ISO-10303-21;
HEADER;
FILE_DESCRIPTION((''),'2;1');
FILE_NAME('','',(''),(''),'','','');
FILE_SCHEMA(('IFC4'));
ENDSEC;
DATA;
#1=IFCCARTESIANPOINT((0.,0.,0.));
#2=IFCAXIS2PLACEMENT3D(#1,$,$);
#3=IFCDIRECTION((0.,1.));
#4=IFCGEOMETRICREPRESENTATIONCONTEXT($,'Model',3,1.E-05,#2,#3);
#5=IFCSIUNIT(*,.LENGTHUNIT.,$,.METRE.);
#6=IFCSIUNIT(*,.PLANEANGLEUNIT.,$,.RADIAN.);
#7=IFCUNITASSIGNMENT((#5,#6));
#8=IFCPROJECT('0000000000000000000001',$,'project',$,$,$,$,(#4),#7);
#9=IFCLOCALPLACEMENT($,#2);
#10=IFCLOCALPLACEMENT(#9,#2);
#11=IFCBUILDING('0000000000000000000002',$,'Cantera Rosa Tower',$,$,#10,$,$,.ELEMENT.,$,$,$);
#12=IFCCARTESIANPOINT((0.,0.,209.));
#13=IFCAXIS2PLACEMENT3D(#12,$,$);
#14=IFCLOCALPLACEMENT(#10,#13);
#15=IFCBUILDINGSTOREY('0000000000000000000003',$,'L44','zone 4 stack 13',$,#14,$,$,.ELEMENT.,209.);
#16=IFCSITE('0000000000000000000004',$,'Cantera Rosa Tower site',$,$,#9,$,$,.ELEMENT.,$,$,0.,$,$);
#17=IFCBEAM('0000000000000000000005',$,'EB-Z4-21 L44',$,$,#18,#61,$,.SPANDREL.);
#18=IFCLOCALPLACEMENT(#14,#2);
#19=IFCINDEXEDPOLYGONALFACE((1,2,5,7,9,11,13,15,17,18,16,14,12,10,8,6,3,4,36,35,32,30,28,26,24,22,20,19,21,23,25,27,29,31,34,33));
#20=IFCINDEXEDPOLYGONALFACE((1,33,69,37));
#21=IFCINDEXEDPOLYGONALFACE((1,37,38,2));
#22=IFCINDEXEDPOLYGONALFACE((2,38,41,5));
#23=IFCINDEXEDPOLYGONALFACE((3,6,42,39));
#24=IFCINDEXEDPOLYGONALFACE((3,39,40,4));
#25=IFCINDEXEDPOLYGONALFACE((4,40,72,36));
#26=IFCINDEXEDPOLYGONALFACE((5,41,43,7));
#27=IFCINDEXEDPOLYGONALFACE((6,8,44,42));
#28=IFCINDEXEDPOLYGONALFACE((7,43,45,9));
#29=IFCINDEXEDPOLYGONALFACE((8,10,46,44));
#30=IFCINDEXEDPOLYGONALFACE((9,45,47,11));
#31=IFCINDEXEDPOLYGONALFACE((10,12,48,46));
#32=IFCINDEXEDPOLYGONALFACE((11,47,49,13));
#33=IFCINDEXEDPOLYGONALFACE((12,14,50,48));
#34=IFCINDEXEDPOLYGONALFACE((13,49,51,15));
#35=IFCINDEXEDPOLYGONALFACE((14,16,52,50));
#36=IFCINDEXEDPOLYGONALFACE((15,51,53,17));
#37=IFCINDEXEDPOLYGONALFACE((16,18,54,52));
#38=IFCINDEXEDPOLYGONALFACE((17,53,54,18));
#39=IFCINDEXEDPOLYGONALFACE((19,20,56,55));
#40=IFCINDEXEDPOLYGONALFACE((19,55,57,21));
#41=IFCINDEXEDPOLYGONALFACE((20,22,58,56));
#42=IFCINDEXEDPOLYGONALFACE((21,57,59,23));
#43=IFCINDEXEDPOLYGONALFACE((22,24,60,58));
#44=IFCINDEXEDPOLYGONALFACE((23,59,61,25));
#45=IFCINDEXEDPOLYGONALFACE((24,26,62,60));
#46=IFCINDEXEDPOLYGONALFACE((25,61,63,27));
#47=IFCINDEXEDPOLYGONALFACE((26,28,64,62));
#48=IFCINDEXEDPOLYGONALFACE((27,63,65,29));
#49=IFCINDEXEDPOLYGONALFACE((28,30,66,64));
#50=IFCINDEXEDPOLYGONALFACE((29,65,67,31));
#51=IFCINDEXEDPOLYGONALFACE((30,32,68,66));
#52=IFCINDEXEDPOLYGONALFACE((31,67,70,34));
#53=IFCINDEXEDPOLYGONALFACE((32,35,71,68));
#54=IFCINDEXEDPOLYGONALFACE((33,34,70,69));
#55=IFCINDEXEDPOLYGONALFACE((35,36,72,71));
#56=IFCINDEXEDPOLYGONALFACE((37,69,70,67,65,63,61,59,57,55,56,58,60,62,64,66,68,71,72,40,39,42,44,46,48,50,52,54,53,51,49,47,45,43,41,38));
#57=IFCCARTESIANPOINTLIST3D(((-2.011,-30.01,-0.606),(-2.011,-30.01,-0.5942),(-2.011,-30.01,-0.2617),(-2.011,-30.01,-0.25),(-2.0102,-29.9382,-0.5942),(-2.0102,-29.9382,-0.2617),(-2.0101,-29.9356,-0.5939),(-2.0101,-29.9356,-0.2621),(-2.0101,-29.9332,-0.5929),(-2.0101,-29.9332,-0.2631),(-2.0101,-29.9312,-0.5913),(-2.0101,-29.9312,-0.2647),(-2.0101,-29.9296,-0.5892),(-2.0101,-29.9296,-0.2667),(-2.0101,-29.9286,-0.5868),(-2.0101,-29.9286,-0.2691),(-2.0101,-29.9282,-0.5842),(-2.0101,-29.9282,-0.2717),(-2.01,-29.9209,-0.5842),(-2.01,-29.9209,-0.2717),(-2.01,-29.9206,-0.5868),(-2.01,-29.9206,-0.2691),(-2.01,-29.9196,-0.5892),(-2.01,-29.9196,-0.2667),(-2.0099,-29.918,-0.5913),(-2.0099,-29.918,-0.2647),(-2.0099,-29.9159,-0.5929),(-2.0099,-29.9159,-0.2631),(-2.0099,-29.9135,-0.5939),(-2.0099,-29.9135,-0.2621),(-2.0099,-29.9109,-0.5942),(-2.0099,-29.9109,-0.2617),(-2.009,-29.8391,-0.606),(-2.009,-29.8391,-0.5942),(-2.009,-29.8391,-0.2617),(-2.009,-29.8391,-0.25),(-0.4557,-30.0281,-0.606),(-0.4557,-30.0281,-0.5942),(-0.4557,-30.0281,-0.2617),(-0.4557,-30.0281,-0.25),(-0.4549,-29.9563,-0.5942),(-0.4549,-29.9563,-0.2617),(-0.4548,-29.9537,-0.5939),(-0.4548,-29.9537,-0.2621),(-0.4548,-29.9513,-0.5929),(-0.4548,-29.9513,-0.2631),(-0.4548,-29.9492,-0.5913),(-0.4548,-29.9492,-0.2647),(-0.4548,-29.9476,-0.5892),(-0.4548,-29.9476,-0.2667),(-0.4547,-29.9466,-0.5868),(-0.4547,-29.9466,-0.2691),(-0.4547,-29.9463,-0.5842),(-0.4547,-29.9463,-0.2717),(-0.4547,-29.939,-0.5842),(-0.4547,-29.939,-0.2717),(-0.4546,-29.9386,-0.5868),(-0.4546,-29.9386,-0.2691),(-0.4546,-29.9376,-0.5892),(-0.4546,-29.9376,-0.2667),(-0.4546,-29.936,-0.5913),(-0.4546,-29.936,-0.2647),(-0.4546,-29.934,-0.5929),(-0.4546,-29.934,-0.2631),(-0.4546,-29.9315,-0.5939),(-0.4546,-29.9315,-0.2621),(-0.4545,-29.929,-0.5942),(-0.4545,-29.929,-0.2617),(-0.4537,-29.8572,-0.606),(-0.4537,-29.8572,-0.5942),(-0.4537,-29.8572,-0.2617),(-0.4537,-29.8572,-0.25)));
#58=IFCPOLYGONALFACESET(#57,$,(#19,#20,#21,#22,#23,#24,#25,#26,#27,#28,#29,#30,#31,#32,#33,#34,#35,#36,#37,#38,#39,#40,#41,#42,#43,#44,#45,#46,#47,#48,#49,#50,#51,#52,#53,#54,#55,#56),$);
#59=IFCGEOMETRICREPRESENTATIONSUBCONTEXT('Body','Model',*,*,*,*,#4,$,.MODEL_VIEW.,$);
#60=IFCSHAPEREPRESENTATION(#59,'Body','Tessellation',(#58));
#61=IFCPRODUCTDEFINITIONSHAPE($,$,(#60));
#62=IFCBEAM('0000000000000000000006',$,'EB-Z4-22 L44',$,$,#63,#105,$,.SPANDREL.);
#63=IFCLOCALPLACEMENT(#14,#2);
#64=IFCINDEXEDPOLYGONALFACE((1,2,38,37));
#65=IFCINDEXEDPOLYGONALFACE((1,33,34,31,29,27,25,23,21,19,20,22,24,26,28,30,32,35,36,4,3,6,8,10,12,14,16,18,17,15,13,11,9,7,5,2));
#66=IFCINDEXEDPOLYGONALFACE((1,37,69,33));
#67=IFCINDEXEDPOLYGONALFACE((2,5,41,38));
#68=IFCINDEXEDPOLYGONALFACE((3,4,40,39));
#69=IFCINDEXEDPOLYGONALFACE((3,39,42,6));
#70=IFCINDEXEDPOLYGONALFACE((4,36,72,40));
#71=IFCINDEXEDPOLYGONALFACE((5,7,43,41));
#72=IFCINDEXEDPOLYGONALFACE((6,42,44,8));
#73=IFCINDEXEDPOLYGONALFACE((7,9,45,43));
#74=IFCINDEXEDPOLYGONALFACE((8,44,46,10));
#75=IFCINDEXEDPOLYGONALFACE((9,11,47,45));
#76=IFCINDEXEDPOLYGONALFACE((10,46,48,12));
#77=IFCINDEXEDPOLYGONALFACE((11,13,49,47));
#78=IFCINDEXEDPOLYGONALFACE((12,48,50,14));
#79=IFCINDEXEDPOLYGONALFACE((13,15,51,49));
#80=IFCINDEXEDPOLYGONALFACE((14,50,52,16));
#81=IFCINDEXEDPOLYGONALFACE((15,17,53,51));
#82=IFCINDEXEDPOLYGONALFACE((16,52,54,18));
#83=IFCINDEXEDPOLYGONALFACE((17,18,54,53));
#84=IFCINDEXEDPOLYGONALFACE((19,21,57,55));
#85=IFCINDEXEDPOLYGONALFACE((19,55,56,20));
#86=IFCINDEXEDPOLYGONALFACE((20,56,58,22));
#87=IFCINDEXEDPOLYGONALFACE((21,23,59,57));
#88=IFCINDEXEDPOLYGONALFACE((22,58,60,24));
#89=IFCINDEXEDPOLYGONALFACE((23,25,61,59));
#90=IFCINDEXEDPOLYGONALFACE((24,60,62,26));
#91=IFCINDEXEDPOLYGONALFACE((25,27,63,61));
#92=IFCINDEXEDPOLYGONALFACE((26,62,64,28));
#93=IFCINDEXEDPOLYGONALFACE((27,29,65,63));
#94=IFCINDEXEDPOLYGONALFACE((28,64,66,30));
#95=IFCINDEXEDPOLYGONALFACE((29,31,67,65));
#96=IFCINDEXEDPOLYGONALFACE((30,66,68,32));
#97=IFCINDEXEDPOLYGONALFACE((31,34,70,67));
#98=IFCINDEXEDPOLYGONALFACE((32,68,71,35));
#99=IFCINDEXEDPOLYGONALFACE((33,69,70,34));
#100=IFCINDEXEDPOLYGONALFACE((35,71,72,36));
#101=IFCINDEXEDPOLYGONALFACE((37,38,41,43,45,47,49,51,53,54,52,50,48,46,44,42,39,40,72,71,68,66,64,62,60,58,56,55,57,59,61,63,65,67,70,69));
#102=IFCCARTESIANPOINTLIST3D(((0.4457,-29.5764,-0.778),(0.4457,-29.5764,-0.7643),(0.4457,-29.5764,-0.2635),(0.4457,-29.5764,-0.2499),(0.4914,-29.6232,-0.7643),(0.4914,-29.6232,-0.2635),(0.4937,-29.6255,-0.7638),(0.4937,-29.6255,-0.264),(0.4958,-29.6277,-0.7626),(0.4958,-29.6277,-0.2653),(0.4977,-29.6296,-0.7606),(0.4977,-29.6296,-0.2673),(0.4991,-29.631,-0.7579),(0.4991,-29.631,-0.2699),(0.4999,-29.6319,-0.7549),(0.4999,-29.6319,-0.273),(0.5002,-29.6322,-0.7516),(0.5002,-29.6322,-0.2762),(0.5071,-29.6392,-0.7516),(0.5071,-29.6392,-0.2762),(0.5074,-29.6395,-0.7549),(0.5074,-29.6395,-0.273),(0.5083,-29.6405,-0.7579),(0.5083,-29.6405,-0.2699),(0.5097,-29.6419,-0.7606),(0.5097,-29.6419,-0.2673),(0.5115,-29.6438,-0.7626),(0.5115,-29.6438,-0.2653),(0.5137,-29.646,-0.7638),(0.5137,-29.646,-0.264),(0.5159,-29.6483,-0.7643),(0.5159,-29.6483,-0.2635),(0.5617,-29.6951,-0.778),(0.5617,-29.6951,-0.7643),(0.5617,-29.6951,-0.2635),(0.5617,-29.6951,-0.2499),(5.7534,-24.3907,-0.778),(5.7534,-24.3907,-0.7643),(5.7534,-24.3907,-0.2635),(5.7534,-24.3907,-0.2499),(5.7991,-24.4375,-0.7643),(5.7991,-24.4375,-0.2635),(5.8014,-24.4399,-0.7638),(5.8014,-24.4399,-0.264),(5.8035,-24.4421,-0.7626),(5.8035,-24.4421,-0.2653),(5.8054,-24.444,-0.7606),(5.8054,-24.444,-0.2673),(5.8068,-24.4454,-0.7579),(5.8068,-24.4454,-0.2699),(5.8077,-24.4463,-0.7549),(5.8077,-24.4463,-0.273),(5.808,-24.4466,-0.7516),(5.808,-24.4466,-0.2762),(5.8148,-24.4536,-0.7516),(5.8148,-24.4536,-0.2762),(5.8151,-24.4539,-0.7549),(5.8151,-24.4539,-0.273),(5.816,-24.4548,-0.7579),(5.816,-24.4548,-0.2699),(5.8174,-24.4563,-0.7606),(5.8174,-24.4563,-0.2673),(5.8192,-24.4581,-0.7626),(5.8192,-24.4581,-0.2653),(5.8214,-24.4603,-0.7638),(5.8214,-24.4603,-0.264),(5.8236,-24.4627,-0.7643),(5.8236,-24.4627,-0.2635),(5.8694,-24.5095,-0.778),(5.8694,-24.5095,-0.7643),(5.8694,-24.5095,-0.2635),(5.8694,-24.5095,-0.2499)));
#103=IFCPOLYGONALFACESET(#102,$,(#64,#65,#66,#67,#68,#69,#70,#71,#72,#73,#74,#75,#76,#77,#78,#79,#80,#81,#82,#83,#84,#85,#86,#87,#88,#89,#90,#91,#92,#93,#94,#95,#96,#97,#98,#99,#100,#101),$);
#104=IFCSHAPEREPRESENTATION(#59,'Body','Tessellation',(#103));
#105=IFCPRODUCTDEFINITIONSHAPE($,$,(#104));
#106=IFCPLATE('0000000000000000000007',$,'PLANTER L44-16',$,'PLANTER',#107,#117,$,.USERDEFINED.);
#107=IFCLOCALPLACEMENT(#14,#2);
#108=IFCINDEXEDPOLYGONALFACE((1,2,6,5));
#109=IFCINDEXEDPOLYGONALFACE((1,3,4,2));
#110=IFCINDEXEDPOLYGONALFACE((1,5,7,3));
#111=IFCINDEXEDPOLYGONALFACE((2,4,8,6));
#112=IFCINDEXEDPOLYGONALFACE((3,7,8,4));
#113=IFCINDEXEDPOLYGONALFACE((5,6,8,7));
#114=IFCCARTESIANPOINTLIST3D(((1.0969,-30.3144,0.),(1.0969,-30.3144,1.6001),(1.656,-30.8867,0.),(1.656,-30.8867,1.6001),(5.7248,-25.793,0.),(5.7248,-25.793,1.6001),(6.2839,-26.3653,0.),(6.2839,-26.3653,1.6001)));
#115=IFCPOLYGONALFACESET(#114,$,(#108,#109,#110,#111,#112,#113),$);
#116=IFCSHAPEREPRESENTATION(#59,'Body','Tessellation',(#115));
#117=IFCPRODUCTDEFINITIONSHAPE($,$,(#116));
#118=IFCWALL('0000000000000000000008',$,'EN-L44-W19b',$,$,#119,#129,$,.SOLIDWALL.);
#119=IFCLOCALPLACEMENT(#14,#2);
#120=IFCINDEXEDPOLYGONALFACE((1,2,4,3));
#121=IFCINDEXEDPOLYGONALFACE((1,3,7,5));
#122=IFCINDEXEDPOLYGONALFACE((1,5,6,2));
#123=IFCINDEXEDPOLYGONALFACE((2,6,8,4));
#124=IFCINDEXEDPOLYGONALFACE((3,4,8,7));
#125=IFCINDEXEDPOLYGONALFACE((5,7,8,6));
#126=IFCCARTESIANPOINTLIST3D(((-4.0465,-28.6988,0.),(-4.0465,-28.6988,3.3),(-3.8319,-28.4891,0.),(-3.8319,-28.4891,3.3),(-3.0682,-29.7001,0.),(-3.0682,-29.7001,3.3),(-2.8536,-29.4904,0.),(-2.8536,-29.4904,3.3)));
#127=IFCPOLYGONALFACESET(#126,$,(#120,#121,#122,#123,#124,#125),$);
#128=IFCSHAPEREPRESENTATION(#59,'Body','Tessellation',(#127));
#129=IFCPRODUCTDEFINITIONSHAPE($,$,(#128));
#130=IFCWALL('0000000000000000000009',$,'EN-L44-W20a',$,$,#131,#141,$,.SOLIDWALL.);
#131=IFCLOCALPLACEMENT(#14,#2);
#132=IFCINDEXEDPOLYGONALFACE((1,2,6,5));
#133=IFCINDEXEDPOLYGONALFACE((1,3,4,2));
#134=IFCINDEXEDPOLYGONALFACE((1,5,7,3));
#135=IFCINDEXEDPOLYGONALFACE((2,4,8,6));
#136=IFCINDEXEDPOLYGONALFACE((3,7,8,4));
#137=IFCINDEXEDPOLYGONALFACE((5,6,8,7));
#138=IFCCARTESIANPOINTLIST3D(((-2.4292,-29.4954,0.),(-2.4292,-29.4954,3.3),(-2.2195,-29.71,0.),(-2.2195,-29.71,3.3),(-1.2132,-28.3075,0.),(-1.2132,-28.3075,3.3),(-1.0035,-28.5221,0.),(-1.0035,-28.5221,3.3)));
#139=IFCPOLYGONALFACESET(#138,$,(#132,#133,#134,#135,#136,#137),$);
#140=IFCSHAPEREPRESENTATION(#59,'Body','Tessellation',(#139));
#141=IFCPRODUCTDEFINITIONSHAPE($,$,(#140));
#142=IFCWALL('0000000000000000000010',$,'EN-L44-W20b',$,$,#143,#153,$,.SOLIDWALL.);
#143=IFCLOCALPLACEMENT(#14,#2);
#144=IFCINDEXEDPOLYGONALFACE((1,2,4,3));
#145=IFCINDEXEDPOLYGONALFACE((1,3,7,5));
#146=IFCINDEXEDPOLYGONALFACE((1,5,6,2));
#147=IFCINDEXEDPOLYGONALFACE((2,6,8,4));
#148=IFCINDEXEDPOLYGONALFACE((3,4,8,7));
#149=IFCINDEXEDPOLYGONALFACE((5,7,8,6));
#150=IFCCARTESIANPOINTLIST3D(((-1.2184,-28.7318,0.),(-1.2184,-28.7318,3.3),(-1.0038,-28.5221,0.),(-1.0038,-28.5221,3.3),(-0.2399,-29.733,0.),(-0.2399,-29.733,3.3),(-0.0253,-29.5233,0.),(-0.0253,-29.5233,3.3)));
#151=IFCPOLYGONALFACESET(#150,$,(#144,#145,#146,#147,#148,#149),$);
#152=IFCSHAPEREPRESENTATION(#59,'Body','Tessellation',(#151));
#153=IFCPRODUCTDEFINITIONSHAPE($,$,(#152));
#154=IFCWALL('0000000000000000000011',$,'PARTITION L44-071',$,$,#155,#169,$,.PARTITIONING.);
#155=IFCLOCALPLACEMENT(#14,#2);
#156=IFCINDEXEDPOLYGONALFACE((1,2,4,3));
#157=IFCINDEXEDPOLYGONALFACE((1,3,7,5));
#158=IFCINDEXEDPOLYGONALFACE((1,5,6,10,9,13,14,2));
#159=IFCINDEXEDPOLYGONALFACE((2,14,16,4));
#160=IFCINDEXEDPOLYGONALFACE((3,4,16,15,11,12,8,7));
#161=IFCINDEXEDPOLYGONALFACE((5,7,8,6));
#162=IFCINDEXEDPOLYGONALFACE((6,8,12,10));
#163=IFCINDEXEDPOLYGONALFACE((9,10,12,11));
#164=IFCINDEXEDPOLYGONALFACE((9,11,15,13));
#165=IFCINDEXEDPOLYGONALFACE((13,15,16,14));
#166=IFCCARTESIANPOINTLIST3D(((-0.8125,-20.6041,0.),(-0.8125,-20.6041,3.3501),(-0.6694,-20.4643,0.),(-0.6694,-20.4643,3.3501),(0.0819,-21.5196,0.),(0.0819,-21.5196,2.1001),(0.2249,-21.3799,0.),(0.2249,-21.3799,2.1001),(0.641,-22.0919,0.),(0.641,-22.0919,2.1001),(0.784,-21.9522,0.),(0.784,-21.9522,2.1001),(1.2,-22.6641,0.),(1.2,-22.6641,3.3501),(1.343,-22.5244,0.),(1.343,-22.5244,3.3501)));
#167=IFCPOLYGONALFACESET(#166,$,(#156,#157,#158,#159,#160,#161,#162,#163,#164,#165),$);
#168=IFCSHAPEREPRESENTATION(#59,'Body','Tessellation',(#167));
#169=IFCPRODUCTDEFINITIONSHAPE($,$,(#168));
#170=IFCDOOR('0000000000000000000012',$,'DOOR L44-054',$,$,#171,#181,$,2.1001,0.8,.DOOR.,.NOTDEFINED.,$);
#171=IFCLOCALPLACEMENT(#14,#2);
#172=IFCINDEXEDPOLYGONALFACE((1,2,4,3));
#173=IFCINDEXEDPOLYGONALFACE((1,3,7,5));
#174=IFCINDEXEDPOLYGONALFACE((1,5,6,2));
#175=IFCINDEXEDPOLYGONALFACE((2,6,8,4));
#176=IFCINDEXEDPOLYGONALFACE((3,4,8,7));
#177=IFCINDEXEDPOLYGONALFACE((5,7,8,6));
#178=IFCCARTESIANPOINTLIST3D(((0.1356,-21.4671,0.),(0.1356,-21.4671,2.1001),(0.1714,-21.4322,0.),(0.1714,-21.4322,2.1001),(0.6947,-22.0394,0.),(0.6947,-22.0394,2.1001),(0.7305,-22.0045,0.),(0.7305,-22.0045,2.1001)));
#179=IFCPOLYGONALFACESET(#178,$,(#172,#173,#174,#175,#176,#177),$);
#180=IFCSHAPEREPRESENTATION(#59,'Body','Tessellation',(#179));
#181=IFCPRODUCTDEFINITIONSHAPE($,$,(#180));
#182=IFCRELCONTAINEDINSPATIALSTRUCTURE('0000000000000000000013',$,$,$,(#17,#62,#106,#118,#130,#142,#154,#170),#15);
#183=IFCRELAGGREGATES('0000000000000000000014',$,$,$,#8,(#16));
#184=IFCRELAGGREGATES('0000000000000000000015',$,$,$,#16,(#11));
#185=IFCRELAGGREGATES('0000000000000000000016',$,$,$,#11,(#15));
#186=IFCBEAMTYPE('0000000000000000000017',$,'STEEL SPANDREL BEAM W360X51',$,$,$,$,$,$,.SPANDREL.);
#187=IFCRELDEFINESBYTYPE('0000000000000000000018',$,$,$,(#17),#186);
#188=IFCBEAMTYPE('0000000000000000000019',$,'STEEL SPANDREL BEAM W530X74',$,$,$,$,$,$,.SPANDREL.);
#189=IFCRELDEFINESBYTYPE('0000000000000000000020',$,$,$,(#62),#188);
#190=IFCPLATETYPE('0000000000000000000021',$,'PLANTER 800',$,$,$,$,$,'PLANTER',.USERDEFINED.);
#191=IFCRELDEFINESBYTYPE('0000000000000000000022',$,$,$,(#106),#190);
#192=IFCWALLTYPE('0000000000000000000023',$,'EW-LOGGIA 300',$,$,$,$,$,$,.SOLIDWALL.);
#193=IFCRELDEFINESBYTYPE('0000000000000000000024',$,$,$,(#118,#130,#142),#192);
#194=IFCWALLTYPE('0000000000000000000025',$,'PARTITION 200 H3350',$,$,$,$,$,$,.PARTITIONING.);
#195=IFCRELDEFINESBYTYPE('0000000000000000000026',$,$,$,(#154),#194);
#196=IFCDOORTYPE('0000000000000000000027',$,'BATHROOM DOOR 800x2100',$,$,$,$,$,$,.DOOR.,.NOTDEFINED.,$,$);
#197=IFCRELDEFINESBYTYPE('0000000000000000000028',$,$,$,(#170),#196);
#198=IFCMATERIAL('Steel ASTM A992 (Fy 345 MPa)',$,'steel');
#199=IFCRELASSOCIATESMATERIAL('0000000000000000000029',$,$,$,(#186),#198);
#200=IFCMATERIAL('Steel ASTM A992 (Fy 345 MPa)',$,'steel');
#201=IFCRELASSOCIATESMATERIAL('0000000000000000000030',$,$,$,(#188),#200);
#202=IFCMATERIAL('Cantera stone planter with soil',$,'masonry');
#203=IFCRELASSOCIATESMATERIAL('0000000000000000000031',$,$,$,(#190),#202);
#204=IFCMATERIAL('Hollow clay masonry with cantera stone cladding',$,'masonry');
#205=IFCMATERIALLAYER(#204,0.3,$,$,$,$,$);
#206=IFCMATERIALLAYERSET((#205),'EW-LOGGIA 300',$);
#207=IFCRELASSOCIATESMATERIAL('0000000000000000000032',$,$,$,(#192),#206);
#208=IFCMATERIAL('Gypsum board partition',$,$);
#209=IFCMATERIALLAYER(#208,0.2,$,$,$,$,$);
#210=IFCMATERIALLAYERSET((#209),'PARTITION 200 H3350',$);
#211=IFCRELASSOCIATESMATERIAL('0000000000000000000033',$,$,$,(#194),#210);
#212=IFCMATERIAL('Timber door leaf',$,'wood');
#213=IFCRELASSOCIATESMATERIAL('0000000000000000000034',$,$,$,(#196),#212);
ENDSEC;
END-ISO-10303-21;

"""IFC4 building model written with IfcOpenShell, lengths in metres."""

from ifc_helpers import new_model, si_unit, direction, frame, frame_2d, origin, origin_2d, place, context, subcontext, project, spatial, rectangle, i_section, extrude, material, layer, layer_set, material_profile, profile_set, type_object, element, fill, save


model = new_model("IFC4")

# Units and contexts
model_context = context("Model", 3, precision=1e-05, world=origin(), true_north=direction((0.0, 1.0)))
body_context = subcontext(model_context, "Body", "Model", "MODEL_VIEW")
ifc_project = project(units=[si_unit("LENGTHUNIT", "METRE"), si_unit("PLANEANGLEUNIT", "RADIAN")], contexts=[model_context])

# Site, building, storey
site_placement = place(None, origin())
site = spatial("IfcSite", under=ifc_project, at=site_placement, Name="Cantera Rosa Tower site", CompositionType="ELEMENT", RefElevation=0.0)
building_placement = place(site_placement, origin())
building = spatial("IfcBuilding", under=site, at=building_placement, Name="Cantera Rosa Tower", CompositionType="ELEMENT")
storey_placement = place(building_placement, frame((0.0, 0.0, 209.0)))
storey = spatial("IfcBuildingStorey", under=building, at=storey_placement, Name="L44", Description="zone 4 stack 13", CompositionType="ELEMENT", Elevation=209.0)

# Beams
ifc_material_1 = material(Name="Steel ASTM A992 (Fy 345 MPa)", Category="steel")
ifc_material_profile_1 = material_profile(ifc_material_1, i_section(OverallWidth=0.1709, OverallDepth=0.356, WebThickness=0.0073, FlangeThickness=0.0117, FilletRadius=0.01, at=origin_2d()), Name="W360X51")
ifc_profile_set_1 = profile_set([ifc_material_profile_1], Name="Steel ASTM A992 (Fy 345 MPa)")
beam_type_1 = type_object("IfcBeamType", Name="STEEL SPANDREL BEAM W360X51", PredefinedType="SPANDREL", material=ifc_profile_set_1)
beam_1_placement = place(storey_placement, frame((-2.01, -29.9246, -0.428), z_axis=(0.999933, -0.011614, 0.0), x_axis=(0.011614, 0.999933, 0.0)))
element("IfcBeam", 1, at=beam_1_placement, inside=storey, type_object=beam_type_1, Name="EB-Z4-21 L44", PredefinedType="SPANDREL", context=body_context, shape_type="SweptSolid", body=[
    extrude(i_section(OverallWidth=0.1709, OverallDepth=0.356, WebThickness=0.0073, FlangeThickness=0.0117, FilletRadius=0.01, at=origin_2d()), origin(), (0.0, 0.0, 1.0), 1.5554),
])
ifc_material_2 = material(Name="Steel ASTM A992 (Fy 345 MPa)", Category="steel")
ifc_material_profile_2 = material_profile(ifc_material_2, i_section(OverallWidth=0.166, OverallDepth=0.5281, WebThickness=0.0098, FlangeThickness=0.0137, FilletRadius=0.0127, at=origin_2d()), Name="W530X74")
ifc_profile_set_2 = profile_set([ifc_material_profile_2], Name="Steel ASTM A992 (Fy 345 MPa)")
beam_type_2 = type_object("IfcBeamType", Name="STEEL SPANDREL BEAM W530X74", PredefinedType="SPANDREL", material=ifc_profile_set_2)
beam_2_placement = place(storey_placement, frame((0.5037, -29.6357, -0.5139), z_axis=(0.715284, 0.698833, 0.0), x_axis=(-0.698833, 0.715284, 0.0)))
element("IfcBeam", 2, at=beam_2_placement, inside=storey, type_object=beam_type_2, Name="EB-Z4-22 L44", PredefinedType="SPANDREL", context=body_context, shape_type="SweptSolid", body=[
    extrude(i_section(OverallWidth=0.166, OverallDepth=0.5281, WebThickness=0.0098, FlangeThickness=0.0137, FilletRadius=0.0127, at=origin_2d()), origin(), (0.0, 0.0, 1.0), 7.4204),
])

# Plate
ifc_material_3 = material(Name="Cantera stone planter with soil", Category="masonry")
plate_type = type_object("IfcPlateType", Name="PLANTER 800", ElementType="PLANTER", PredefinedType="USERDEFINED", material=ifc_material_3)
plate_placement = place(storey_placement, frame((3.6904, -28.3398, 0.0), z_axis=(0.0, 0.0, 1.0), x_axis=(0.715286, 0.698832, 0.0)))
element("IfcPlate", 3, at=plate_placement, inside=storey, type_object=plate_type, Name="PLANTER L44-16", ObjectType="PLANTER", PredefinedType="USERDEFINED", context=body_context, shape_type="SweptSolid", body=[
    extrude(rectangle(XDim=6.47, YDim=0.8, at=origin_2d()), origin(), (0.0, 0.0, 1.0), 1.6001),
])

# Walls
ifc_material_4 = material(Name="Hollow clay masonry with cantera stone cladding", Category="masonry")
ifc_layer_1 = layer(ifc_material_4, 0.3)
ifc_layer_set_1 = layer_set([ifc_layer_1], Name="EW-LOGGIA 300")
wall_type_1 = type_object("IfcWallType", Name="EW-LOGGIA 300", PredefinedType="SOLIDWALL", material=ifc_layer_set_1)
wall_1_placement = place(storey_placement, frame((-3.9392, -28.594, 0.0), z_axis=(0.0, 0.0, 1.0), x_axis=(0.698862, -0.715257, 0.0)))
element("IfcWall", 4, at=wall_1_placement, inside=storey, type_object=wall_type_1, Name="EN-L44-W19b", PredefinedType="SOLIDWALL", context=body_context, shape_type="SweptSolid", body=[
    extrude(rectangle(XDim=1.3999, YDim=0.3, at=frame_2d((0.7, 0.0))), origin(), (0.0, 0.0, 1.0), 3.3),
])
wall_2_placement = place(storey_placement, frame((-2.3245, -29.6028, 0.0), z_axis=(0.0, 0.0, 1.0), x_axis=(0.715316, 0.698801, 0.0)))
element("IfcWall", 5, at=wall_2_placement, inside=storey, type_object=wall_type_1, Name="EN-L44-W20a", PredefinedType="SOLIDWALL", context=body_context, shape_type="SweptSolid", body=[
    extrude(rectangle(XDim=1.7, YDim=0.3, at=frame_2d((0.8501, 0.0))), origin(), (0.0, 0.0, 1.0), 3.3),
])
wall_3_placement = place(storey_placement, frame((-1.1111, -28.627, 0.0), z_axis=(0.0, 0.0, 1.0), x_axis=(0.698951, -0.715169, 0.0)))
element("IfcWall", 6, at=wall_3_placement, inside=storey, type_object=wall_type_1, Name="EN-L44-W20b", PredefinedType="SOLIDWALL", context=body_context, shape_type="SweptSolid", body=[
    extrude(rectangle(XDim=1.3999, YDim=0.3, at=frame_2d((0.7, 0.0))), origin(), (0.0, 0.0, 1.0), 3.3),
])

# Wall, opening, door
ifc_material_5 = material(Name="Gypsum board partition")
ifc_layer_2 = layer(ifc_material_5, 0.2)
ifc_layer_set_2 = layer_set([ifc_layer_2], Name="PARTITION 200 H3350")
wall_type_2 = type_object("IfcWallType", Name="PARTITION 200 H3350", PredefinedType="PARTITIONING", material=ifc_layer_set_2)
wall_4_placement = place(storey_placement, frame((1.2715, -22.5942, 0.0), z_axis=(0.0, 0.0, 1.0), x_axis=(-0.698793, 0.715324, 0.0)))
wall_4 = element("IfcWall", 7, at=wall_4_placement, inside=storey, type_object=wall_type_2, Name="PARTITION L44-071", PredefinedType="PARTITIONING", context=body_context, shape_type="SweptSolid", body=[
    extrude(rectangle(XDim=2.8799, YDim=0.2, at=frame_2d((1.4399, 0.0))), origin(), (0.0, 0.0, 1.0), 3.3501),
])
opening_1_placement = place(wall_4_placement, frame((0.8, 0.0, 0.0)))
opening_1 = element("IfcOpeningElement", 8, at=opening_1_placement, cuts=wall_4, PredefinedType="OPENING", context=body_context, shape_type="SweptSolid", body=[
    extrude(rectangle(XDim=0.8, YDim=2.1001, at=frame_2d((0.3999, 1.05))), frame((0.0, 0.1099, 0.0), z_axis=(0.0, -1.0, 0.0), x_axis=(1.0, 0.0, 0.0)), (0.0, 0.0, 1.0), 0.22),
])
ifc_material_6 = material(Name="Timber door leaf", Category="wood")
door_type_1 = type_object("IfcDoorType", Name="BATHROOM DOOR 800x2100", OperationType="NOTDEFINED", PredefinedType="DOOR", material=ifc_material_6)
door_1_placement = place(opening_1_placement, origin())
door_1 = element("IfcDoor", 9, at=door_1_placement, inside=storey, type_object=door_type_1, Name="DOOR L44-054", OperationType="NOTDEFINED", OverallHeight=2.1001, OverallWidth=0.8, PredefinedType="DOOR", context=body_context, shape_type="SweptSolid", body=[
    extrude(rectangle(XDim=0.8, YDim=2.1001, at=frame_2d((0.3999, 1.05))), frame((0.0, 0.0249, 0.0), z_axis=(0.0, -1.0, 0.0), x_axis=(1.0, 0.0, 0.0)), (0.0, 0.0, 1.0), 0.05),
])
fill(opening_1, door_1)

save(model, "model.ifc")
